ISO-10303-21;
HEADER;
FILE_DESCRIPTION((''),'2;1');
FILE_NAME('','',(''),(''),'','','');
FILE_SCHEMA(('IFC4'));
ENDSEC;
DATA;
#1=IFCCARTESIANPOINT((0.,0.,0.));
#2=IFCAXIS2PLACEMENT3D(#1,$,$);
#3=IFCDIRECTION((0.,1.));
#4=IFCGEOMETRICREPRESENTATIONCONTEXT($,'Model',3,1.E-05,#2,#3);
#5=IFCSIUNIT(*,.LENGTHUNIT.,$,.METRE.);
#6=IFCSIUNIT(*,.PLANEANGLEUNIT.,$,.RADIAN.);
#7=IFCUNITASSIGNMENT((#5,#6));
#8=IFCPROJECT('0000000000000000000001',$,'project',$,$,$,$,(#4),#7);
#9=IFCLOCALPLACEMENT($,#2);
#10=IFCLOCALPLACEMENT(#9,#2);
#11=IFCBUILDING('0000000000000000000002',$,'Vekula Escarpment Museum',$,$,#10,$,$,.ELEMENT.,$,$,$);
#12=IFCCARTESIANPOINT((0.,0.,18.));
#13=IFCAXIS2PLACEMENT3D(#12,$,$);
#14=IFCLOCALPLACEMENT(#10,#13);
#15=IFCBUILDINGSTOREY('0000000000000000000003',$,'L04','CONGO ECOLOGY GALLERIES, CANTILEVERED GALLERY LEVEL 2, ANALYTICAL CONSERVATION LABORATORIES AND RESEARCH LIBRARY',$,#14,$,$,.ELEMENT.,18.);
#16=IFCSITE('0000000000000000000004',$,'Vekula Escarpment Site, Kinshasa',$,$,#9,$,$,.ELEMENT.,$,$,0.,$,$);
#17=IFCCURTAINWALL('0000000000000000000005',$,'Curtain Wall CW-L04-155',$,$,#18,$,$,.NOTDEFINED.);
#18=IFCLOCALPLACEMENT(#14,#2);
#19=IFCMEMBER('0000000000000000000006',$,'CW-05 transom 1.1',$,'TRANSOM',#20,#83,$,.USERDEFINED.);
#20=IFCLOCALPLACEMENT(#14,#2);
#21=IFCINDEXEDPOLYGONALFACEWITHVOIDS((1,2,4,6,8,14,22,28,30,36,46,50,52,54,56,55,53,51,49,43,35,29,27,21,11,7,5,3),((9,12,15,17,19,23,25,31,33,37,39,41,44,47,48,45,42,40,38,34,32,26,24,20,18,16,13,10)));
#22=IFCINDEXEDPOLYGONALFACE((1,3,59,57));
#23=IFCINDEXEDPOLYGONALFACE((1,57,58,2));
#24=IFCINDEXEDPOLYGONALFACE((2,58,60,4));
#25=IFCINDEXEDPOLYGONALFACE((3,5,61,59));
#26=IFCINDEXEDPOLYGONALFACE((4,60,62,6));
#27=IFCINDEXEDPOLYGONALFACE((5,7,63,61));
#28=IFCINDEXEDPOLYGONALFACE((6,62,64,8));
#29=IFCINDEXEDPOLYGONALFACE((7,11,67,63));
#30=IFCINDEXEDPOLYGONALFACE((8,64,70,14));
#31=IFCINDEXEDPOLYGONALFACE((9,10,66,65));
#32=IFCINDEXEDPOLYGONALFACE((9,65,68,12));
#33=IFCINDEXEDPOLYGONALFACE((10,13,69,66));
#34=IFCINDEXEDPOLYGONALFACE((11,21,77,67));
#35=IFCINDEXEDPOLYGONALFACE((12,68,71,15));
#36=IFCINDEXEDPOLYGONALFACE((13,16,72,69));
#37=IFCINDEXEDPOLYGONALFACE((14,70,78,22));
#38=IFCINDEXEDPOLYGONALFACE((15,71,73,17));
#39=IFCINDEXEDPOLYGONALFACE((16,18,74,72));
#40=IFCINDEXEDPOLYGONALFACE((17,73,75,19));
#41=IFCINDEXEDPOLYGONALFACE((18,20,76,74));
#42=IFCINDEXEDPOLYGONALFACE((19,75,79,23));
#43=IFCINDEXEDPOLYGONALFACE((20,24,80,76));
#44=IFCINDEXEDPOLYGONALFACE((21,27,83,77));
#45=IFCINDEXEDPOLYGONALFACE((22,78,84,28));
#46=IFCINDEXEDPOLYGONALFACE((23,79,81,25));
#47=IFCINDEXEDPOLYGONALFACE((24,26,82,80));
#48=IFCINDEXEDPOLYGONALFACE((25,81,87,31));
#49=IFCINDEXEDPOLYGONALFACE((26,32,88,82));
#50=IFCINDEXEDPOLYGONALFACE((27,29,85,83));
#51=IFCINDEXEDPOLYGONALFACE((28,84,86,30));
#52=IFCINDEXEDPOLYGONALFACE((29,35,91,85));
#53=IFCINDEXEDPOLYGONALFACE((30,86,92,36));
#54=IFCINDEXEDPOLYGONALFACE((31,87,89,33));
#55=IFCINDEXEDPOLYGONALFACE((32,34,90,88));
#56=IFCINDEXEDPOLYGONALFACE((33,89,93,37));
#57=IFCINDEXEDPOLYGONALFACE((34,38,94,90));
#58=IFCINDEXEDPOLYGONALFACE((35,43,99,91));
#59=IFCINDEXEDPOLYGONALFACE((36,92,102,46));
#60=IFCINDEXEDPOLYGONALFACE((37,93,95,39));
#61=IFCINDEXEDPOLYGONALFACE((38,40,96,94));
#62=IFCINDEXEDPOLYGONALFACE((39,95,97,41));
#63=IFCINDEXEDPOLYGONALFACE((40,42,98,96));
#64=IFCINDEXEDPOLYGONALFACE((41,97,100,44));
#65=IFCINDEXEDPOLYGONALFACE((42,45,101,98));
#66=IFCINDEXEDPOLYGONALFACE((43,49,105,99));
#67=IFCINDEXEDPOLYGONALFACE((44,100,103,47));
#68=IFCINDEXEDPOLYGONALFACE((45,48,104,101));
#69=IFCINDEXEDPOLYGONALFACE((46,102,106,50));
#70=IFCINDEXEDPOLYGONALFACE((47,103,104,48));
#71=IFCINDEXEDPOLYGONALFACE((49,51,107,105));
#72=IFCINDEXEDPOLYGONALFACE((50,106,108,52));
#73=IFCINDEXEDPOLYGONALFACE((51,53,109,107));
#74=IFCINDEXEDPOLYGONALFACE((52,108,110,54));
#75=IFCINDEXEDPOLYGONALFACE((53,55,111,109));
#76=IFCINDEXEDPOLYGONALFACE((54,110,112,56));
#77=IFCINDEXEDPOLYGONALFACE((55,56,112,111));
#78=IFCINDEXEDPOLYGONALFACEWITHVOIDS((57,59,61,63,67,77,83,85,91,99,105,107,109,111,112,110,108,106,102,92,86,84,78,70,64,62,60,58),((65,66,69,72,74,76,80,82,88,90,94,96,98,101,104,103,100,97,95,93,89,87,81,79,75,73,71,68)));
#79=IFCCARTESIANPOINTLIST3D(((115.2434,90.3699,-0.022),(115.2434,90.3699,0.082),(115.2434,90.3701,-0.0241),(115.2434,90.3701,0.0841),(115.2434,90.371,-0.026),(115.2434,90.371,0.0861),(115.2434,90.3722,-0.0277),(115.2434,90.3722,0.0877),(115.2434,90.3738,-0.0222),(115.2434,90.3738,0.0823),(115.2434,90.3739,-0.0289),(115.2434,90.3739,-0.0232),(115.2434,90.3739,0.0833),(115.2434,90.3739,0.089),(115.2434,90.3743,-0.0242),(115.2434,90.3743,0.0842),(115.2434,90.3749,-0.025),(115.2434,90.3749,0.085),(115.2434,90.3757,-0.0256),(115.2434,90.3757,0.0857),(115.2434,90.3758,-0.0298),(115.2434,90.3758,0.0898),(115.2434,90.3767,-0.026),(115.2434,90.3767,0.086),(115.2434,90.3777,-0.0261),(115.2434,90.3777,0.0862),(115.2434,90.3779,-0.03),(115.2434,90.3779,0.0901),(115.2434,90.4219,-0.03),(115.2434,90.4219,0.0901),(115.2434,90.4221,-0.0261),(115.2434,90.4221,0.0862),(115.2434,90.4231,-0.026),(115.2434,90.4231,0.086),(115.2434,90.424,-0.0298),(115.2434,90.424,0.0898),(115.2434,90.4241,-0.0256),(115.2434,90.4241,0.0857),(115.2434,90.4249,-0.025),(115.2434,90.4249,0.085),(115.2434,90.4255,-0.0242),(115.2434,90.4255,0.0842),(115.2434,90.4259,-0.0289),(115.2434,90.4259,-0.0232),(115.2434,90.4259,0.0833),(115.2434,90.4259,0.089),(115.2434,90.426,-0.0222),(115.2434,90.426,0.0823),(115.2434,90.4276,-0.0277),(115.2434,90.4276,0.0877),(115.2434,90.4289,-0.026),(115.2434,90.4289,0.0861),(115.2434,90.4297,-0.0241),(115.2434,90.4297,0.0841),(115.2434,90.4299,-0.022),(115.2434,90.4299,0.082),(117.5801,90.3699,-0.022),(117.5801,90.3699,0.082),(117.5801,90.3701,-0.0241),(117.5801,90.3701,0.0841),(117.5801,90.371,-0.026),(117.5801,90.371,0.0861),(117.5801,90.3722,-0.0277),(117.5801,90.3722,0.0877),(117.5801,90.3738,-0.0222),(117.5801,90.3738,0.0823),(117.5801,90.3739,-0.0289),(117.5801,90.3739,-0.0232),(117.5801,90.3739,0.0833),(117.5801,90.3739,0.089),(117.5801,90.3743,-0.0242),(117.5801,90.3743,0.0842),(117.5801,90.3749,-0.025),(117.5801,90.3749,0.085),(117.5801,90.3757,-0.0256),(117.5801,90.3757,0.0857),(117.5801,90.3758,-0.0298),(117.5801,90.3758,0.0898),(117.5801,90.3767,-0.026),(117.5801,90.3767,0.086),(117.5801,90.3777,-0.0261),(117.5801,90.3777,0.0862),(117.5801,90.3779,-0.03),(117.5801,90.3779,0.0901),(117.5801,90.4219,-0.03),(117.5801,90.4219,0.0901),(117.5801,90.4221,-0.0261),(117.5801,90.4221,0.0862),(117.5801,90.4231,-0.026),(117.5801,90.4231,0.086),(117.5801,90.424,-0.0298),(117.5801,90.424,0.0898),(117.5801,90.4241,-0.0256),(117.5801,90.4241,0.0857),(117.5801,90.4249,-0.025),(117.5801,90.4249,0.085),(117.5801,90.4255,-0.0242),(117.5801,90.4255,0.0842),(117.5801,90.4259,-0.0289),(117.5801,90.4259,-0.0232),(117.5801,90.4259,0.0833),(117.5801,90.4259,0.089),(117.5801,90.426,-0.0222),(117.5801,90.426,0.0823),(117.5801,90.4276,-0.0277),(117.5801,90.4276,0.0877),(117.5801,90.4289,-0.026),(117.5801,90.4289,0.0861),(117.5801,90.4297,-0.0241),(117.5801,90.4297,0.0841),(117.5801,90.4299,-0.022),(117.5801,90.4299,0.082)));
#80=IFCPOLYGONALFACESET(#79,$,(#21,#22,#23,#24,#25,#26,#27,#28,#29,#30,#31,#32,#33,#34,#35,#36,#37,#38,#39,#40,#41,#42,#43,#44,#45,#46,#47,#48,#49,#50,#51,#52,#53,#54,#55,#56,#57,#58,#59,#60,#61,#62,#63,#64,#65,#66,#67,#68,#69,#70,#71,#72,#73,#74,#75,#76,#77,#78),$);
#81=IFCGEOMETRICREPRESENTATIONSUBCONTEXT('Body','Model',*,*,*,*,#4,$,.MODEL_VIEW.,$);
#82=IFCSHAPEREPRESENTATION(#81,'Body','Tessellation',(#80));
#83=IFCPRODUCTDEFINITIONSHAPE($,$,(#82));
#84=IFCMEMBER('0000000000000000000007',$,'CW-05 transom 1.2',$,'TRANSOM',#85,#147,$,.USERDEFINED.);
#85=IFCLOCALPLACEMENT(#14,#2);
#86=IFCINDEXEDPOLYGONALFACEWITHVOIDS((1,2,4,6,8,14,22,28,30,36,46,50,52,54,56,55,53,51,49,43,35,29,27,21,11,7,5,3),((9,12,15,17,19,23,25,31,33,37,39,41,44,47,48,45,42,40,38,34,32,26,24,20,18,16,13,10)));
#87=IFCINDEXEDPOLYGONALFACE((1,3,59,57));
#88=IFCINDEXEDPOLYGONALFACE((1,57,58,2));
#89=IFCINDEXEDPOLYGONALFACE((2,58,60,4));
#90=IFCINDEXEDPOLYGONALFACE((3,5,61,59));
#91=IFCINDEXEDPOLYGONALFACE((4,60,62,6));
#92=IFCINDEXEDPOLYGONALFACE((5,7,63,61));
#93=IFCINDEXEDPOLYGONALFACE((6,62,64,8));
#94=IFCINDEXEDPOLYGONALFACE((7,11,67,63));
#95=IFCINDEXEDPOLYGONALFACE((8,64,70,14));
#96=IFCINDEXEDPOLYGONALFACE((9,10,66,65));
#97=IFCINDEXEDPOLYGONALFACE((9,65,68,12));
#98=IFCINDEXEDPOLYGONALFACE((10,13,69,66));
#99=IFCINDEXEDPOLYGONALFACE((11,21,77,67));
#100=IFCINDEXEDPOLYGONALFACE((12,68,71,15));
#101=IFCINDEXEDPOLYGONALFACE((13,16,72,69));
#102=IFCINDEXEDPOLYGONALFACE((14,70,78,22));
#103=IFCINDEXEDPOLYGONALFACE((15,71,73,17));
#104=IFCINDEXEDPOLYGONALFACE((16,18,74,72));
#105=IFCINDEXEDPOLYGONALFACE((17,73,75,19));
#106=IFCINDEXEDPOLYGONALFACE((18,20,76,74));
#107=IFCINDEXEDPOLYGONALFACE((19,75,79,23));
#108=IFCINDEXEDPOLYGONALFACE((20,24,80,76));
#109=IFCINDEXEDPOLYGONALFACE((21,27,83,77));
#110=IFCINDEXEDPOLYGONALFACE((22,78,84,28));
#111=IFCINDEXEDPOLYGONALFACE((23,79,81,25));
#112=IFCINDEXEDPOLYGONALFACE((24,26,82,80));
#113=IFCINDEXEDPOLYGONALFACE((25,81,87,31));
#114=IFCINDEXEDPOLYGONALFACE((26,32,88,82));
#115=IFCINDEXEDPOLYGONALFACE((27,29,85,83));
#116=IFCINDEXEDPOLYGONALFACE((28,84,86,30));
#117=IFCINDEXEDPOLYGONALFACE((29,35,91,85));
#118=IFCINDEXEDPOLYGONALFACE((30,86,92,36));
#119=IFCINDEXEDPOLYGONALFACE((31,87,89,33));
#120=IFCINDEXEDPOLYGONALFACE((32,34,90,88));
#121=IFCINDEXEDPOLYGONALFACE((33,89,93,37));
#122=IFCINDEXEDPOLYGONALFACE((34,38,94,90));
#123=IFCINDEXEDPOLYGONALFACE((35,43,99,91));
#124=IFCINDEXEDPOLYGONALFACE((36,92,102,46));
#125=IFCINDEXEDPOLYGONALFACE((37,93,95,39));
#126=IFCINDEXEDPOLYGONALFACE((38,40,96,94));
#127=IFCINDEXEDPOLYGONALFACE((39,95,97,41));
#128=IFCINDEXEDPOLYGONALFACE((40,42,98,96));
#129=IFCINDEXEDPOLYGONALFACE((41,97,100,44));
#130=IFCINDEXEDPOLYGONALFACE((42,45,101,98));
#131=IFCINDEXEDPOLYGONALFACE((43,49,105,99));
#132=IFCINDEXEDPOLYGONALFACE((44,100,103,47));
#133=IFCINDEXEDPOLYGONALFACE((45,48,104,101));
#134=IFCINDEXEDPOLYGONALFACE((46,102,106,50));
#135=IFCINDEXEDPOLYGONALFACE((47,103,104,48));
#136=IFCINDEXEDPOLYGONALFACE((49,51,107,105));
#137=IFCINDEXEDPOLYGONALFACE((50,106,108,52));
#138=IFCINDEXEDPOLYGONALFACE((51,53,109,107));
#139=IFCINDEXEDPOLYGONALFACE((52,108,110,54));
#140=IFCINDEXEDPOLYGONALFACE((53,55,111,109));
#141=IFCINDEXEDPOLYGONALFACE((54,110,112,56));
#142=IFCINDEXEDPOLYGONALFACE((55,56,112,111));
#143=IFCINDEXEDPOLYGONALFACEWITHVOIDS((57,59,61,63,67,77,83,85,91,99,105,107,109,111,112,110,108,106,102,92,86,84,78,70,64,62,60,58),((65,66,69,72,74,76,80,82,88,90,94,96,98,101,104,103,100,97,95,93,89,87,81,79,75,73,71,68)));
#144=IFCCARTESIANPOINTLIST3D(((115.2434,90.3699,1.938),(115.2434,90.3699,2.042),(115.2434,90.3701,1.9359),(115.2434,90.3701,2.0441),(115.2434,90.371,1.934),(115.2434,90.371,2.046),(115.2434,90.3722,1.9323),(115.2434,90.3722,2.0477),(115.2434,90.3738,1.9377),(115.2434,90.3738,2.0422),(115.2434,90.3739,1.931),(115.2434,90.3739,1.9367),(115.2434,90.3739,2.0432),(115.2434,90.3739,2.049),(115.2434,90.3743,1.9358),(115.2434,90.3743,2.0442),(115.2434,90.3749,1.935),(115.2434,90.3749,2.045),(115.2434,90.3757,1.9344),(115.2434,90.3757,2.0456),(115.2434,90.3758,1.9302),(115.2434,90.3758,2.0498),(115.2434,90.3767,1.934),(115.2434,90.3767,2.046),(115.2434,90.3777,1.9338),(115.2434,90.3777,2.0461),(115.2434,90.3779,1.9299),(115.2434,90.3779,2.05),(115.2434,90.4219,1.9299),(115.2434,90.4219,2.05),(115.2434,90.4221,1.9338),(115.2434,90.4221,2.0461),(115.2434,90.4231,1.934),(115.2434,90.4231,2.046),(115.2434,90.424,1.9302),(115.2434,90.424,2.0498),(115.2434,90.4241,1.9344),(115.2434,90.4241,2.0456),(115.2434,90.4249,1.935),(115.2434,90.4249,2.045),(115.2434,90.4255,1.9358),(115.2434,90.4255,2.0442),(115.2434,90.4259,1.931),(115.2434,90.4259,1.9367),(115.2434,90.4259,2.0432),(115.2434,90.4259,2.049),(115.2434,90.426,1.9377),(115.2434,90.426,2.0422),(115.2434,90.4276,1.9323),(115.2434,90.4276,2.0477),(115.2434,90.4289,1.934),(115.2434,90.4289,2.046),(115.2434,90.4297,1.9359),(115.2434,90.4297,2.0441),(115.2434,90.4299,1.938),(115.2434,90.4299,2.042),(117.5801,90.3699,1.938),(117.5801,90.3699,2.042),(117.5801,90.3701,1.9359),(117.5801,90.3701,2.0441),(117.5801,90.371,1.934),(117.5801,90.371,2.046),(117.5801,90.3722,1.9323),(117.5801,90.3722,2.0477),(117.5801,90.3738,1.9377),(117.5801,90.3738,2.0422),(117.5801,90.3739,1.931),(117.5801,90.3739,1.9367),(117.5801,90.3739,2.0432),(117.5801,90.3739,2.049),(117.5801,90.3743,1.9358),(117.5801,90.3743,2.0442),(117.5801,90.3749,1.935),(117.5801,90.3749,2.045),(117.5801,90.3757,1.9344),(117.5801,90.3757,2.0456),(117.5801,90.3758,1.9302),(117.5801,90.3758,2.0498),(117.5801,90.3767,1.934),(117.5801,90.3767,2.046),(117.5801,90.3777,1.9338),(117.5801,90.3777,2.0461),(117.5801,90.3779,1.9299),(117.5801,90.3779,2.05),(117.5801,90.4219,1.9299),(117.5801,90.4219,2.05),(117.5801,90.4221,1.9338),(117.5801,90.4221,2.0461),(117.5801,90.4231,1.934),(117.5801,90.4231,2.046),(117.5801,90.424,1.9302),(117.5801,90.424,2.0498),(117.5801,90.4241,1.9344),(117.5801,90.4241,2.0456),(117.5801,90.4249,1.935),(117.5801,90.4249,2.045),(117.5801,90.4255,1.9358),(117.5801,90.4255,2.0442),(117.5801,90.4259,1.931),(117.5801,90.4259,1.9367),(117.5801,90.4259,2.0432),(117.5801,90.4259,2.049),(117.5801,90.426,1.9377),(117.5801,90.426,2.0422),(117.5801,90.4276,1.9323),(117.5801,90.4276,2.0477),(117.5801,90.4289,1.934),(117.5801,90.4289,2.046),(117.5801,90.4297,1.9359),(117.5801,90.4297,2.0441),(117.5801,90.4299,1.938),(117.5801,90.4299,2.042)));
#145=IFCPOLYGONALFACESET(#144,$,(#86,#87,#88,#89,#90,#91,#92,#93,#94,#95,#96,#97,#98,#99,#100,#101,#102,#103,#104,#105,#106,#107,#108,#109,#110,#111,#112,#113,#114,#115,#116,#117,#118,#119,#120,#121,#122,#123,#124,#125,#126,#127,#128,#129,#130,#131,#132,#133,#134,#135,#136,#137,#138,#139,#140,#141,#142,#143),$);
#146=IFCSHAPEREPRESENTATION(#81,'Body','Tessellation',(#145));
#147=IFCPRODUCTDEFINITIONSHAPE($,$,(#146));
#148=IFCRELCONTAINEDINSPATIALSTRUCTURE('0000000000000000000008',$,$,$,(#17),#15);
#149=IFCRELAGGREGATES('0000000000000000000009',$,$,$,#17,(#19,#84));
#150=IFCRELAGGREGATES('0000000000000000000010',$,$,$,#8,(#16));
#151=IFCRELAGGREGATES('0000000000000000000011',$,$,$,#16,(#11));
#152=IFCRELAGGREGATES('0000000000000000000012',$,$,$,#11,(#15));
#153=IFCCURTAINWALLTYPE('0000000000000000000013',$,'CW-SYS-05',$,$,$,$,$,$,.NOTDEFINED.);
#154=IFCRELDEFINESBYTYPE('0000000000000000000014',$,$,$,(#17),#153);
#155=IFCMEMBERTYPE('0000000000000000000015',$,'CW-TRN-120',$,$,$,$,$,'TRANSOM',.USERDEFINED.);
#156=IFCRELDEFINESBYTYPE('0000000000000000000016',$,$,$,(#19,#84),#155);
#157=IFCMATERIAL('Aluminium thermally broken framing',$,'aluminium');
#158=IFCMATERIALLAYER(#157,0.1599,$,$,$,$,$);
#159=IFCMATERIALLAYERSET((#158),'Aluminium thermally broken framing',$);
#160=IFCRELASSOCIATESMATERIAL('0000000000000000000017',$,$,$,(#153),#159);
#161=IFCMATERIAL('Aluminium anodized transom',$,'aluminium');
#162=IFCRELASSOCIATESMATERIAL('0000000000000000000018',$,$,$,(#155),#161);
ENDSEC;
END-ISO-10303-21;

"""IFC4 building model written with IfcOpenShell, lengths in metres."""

from ifc_helpers import new_model, si_unit, direction, frame, origin, origin_2d, place, context, subcontext, project, spatial, hollow_rectangle, extrude, material, layer, layer_set, material_profile, profile_set, type_object, element, aggregate, save


model = new_model("IFC4")

# Units and contexts
model_context = context("Model", 3, precision=1e-05, world=origin(), true_north=direction((0.0, 1.0)))
body_context = subcontext(model_context, "Body", "Model", "MODEL_VIEW")
ifc_project = project(units=[si_unit("LENGTHUNIT", "METRE"), si_unit("PLANEANGLEUNIT", "RADIAN")], contexts=[model_context])

# Site, building, storey
site_placement = place(None, origin())
site = spatial("IfcSite", under=ifc_project, at=site_placement, Name="Vekula Escarpment Site, Kinshasa", CompositionType="ELEMENT", RefElevation=0.0)
building_placement = place(site_placement, origin())
building = spatial("IfcBuilding", under=site, at=building_placement, Name="Vekula Escarpment Museum", CompositionType="ELEMENT")
storey_placement = place(building_placement, frame((0.0, 0.0, 18.0)))
storey = spatial("IfcBuildingStorey", under=building, at=storey_placement, Name="L04", Description="CONGO ECOLOGY GALLERIES, CANTILEVERED GALLERY LEVEL 2, ANALYTICAL CONSERVATION LABORATORIES AND RESEARCH LIBRARY", CompositionType="ELEMENT", Elevation=18.0)

# Curtain wall, members
ifc_material_1 = material(Name="Aluminium thermally broken framing", Category="aluminium")
ifc_layer_1 = layer(ifc_material_1, 0.1599)
ifc_layer_set_1 = layer_set([ifc_layer_1], Name="Aluminium thermally broken framing")
curtain_wall_type = type_object("IfcCurtainWallType", Name="CW-SYS-05", PredefinedType="NOTDEFINED", material=ifc_layer_set_1)
curtain_wall_placement = place(storey_placement, origin())
curtain_wall = element("IfcCurtainWall", 1, at=curtain_wall_placement, inside=storey, type_object=curtain_wall_type, Name="Curtain Wall CW-L04-155", PredefinedType="NOTDEFINED")
ifc_material_2 = material(Name="Aluminium anodized transom", Category="aluminium")
ifc_material_profile_1 = material_profile(ifc_material_2, hollow_rectangle(XDim=0.0601, YDim=0.1201, WallThickness=0.0039, InnerFilletRadius=0.0039, OuterFilletRadius=0.0081, at=origin_2d()), Name="ALU 120x60x4")
ifc_profile_set_1 = profile_set([ifc_material_profile_1], Name="Aluminium anodized transom")
member_type_1 = type_object("IfcMemberType", Name="CW-TRN-120", ElementType="TRANSOM", PredefinedType="USERDEFINED", material=ifc_profile_set_1)
member_1_placement = place(storey_placement, frame((117.5801, 90.3999, 0.03), z_axis=(-1.0, 0.0, 0.0), x_axis=(0.0, -1.0, 0.0)))
member_1 = element("IfcMember", 2, at=member_1_placement, type_object=member_type_1, Name="CW-05 transom 1.1", ObjectType="TRANSOM", PredefinedType="USERDEFINED", context=body_context, shape_type="SweptSolid", body=[
    extrude(hollow_rectangle(XDim=0.0601, YDim=0.1201, WallThickness=0.0039, InnerFilletRadius=0.0039, OuterFilletRadius=0.0081, at=origin_2d()), origin(), (0.0, 0.0, 1.0), 2.3367),
])
member_2_placement = place(storey_placement, frame((117.5801, 90.3999, 1.99), z_axis=(-1.0, 0.0, 0.0), x_axis=(0.0, -1.0, 0.0)))
member_2 = element("IfcMember", 3, at=member_2_placement, type_object=member_type_1, Name="CW-05 transom 1.2", ObjectType="TRANSOM", PredefinedType="USERDEFINED", context=body_context, shape_type="SweptSolid", body=[
    extrude(hollow_rectangle(XDim=0.0601, YDim=0.1201, WallThickness=0.0039, InnerFilletRadius=0.0039, OuterFilletRadius=0.0081, at=origin_2d()), origin(), (0.0, 0.0, 1.0), 2.3367),
])
aggregate(curtain_wall, [member_1, member_2])

save(model, "model.ifc")
